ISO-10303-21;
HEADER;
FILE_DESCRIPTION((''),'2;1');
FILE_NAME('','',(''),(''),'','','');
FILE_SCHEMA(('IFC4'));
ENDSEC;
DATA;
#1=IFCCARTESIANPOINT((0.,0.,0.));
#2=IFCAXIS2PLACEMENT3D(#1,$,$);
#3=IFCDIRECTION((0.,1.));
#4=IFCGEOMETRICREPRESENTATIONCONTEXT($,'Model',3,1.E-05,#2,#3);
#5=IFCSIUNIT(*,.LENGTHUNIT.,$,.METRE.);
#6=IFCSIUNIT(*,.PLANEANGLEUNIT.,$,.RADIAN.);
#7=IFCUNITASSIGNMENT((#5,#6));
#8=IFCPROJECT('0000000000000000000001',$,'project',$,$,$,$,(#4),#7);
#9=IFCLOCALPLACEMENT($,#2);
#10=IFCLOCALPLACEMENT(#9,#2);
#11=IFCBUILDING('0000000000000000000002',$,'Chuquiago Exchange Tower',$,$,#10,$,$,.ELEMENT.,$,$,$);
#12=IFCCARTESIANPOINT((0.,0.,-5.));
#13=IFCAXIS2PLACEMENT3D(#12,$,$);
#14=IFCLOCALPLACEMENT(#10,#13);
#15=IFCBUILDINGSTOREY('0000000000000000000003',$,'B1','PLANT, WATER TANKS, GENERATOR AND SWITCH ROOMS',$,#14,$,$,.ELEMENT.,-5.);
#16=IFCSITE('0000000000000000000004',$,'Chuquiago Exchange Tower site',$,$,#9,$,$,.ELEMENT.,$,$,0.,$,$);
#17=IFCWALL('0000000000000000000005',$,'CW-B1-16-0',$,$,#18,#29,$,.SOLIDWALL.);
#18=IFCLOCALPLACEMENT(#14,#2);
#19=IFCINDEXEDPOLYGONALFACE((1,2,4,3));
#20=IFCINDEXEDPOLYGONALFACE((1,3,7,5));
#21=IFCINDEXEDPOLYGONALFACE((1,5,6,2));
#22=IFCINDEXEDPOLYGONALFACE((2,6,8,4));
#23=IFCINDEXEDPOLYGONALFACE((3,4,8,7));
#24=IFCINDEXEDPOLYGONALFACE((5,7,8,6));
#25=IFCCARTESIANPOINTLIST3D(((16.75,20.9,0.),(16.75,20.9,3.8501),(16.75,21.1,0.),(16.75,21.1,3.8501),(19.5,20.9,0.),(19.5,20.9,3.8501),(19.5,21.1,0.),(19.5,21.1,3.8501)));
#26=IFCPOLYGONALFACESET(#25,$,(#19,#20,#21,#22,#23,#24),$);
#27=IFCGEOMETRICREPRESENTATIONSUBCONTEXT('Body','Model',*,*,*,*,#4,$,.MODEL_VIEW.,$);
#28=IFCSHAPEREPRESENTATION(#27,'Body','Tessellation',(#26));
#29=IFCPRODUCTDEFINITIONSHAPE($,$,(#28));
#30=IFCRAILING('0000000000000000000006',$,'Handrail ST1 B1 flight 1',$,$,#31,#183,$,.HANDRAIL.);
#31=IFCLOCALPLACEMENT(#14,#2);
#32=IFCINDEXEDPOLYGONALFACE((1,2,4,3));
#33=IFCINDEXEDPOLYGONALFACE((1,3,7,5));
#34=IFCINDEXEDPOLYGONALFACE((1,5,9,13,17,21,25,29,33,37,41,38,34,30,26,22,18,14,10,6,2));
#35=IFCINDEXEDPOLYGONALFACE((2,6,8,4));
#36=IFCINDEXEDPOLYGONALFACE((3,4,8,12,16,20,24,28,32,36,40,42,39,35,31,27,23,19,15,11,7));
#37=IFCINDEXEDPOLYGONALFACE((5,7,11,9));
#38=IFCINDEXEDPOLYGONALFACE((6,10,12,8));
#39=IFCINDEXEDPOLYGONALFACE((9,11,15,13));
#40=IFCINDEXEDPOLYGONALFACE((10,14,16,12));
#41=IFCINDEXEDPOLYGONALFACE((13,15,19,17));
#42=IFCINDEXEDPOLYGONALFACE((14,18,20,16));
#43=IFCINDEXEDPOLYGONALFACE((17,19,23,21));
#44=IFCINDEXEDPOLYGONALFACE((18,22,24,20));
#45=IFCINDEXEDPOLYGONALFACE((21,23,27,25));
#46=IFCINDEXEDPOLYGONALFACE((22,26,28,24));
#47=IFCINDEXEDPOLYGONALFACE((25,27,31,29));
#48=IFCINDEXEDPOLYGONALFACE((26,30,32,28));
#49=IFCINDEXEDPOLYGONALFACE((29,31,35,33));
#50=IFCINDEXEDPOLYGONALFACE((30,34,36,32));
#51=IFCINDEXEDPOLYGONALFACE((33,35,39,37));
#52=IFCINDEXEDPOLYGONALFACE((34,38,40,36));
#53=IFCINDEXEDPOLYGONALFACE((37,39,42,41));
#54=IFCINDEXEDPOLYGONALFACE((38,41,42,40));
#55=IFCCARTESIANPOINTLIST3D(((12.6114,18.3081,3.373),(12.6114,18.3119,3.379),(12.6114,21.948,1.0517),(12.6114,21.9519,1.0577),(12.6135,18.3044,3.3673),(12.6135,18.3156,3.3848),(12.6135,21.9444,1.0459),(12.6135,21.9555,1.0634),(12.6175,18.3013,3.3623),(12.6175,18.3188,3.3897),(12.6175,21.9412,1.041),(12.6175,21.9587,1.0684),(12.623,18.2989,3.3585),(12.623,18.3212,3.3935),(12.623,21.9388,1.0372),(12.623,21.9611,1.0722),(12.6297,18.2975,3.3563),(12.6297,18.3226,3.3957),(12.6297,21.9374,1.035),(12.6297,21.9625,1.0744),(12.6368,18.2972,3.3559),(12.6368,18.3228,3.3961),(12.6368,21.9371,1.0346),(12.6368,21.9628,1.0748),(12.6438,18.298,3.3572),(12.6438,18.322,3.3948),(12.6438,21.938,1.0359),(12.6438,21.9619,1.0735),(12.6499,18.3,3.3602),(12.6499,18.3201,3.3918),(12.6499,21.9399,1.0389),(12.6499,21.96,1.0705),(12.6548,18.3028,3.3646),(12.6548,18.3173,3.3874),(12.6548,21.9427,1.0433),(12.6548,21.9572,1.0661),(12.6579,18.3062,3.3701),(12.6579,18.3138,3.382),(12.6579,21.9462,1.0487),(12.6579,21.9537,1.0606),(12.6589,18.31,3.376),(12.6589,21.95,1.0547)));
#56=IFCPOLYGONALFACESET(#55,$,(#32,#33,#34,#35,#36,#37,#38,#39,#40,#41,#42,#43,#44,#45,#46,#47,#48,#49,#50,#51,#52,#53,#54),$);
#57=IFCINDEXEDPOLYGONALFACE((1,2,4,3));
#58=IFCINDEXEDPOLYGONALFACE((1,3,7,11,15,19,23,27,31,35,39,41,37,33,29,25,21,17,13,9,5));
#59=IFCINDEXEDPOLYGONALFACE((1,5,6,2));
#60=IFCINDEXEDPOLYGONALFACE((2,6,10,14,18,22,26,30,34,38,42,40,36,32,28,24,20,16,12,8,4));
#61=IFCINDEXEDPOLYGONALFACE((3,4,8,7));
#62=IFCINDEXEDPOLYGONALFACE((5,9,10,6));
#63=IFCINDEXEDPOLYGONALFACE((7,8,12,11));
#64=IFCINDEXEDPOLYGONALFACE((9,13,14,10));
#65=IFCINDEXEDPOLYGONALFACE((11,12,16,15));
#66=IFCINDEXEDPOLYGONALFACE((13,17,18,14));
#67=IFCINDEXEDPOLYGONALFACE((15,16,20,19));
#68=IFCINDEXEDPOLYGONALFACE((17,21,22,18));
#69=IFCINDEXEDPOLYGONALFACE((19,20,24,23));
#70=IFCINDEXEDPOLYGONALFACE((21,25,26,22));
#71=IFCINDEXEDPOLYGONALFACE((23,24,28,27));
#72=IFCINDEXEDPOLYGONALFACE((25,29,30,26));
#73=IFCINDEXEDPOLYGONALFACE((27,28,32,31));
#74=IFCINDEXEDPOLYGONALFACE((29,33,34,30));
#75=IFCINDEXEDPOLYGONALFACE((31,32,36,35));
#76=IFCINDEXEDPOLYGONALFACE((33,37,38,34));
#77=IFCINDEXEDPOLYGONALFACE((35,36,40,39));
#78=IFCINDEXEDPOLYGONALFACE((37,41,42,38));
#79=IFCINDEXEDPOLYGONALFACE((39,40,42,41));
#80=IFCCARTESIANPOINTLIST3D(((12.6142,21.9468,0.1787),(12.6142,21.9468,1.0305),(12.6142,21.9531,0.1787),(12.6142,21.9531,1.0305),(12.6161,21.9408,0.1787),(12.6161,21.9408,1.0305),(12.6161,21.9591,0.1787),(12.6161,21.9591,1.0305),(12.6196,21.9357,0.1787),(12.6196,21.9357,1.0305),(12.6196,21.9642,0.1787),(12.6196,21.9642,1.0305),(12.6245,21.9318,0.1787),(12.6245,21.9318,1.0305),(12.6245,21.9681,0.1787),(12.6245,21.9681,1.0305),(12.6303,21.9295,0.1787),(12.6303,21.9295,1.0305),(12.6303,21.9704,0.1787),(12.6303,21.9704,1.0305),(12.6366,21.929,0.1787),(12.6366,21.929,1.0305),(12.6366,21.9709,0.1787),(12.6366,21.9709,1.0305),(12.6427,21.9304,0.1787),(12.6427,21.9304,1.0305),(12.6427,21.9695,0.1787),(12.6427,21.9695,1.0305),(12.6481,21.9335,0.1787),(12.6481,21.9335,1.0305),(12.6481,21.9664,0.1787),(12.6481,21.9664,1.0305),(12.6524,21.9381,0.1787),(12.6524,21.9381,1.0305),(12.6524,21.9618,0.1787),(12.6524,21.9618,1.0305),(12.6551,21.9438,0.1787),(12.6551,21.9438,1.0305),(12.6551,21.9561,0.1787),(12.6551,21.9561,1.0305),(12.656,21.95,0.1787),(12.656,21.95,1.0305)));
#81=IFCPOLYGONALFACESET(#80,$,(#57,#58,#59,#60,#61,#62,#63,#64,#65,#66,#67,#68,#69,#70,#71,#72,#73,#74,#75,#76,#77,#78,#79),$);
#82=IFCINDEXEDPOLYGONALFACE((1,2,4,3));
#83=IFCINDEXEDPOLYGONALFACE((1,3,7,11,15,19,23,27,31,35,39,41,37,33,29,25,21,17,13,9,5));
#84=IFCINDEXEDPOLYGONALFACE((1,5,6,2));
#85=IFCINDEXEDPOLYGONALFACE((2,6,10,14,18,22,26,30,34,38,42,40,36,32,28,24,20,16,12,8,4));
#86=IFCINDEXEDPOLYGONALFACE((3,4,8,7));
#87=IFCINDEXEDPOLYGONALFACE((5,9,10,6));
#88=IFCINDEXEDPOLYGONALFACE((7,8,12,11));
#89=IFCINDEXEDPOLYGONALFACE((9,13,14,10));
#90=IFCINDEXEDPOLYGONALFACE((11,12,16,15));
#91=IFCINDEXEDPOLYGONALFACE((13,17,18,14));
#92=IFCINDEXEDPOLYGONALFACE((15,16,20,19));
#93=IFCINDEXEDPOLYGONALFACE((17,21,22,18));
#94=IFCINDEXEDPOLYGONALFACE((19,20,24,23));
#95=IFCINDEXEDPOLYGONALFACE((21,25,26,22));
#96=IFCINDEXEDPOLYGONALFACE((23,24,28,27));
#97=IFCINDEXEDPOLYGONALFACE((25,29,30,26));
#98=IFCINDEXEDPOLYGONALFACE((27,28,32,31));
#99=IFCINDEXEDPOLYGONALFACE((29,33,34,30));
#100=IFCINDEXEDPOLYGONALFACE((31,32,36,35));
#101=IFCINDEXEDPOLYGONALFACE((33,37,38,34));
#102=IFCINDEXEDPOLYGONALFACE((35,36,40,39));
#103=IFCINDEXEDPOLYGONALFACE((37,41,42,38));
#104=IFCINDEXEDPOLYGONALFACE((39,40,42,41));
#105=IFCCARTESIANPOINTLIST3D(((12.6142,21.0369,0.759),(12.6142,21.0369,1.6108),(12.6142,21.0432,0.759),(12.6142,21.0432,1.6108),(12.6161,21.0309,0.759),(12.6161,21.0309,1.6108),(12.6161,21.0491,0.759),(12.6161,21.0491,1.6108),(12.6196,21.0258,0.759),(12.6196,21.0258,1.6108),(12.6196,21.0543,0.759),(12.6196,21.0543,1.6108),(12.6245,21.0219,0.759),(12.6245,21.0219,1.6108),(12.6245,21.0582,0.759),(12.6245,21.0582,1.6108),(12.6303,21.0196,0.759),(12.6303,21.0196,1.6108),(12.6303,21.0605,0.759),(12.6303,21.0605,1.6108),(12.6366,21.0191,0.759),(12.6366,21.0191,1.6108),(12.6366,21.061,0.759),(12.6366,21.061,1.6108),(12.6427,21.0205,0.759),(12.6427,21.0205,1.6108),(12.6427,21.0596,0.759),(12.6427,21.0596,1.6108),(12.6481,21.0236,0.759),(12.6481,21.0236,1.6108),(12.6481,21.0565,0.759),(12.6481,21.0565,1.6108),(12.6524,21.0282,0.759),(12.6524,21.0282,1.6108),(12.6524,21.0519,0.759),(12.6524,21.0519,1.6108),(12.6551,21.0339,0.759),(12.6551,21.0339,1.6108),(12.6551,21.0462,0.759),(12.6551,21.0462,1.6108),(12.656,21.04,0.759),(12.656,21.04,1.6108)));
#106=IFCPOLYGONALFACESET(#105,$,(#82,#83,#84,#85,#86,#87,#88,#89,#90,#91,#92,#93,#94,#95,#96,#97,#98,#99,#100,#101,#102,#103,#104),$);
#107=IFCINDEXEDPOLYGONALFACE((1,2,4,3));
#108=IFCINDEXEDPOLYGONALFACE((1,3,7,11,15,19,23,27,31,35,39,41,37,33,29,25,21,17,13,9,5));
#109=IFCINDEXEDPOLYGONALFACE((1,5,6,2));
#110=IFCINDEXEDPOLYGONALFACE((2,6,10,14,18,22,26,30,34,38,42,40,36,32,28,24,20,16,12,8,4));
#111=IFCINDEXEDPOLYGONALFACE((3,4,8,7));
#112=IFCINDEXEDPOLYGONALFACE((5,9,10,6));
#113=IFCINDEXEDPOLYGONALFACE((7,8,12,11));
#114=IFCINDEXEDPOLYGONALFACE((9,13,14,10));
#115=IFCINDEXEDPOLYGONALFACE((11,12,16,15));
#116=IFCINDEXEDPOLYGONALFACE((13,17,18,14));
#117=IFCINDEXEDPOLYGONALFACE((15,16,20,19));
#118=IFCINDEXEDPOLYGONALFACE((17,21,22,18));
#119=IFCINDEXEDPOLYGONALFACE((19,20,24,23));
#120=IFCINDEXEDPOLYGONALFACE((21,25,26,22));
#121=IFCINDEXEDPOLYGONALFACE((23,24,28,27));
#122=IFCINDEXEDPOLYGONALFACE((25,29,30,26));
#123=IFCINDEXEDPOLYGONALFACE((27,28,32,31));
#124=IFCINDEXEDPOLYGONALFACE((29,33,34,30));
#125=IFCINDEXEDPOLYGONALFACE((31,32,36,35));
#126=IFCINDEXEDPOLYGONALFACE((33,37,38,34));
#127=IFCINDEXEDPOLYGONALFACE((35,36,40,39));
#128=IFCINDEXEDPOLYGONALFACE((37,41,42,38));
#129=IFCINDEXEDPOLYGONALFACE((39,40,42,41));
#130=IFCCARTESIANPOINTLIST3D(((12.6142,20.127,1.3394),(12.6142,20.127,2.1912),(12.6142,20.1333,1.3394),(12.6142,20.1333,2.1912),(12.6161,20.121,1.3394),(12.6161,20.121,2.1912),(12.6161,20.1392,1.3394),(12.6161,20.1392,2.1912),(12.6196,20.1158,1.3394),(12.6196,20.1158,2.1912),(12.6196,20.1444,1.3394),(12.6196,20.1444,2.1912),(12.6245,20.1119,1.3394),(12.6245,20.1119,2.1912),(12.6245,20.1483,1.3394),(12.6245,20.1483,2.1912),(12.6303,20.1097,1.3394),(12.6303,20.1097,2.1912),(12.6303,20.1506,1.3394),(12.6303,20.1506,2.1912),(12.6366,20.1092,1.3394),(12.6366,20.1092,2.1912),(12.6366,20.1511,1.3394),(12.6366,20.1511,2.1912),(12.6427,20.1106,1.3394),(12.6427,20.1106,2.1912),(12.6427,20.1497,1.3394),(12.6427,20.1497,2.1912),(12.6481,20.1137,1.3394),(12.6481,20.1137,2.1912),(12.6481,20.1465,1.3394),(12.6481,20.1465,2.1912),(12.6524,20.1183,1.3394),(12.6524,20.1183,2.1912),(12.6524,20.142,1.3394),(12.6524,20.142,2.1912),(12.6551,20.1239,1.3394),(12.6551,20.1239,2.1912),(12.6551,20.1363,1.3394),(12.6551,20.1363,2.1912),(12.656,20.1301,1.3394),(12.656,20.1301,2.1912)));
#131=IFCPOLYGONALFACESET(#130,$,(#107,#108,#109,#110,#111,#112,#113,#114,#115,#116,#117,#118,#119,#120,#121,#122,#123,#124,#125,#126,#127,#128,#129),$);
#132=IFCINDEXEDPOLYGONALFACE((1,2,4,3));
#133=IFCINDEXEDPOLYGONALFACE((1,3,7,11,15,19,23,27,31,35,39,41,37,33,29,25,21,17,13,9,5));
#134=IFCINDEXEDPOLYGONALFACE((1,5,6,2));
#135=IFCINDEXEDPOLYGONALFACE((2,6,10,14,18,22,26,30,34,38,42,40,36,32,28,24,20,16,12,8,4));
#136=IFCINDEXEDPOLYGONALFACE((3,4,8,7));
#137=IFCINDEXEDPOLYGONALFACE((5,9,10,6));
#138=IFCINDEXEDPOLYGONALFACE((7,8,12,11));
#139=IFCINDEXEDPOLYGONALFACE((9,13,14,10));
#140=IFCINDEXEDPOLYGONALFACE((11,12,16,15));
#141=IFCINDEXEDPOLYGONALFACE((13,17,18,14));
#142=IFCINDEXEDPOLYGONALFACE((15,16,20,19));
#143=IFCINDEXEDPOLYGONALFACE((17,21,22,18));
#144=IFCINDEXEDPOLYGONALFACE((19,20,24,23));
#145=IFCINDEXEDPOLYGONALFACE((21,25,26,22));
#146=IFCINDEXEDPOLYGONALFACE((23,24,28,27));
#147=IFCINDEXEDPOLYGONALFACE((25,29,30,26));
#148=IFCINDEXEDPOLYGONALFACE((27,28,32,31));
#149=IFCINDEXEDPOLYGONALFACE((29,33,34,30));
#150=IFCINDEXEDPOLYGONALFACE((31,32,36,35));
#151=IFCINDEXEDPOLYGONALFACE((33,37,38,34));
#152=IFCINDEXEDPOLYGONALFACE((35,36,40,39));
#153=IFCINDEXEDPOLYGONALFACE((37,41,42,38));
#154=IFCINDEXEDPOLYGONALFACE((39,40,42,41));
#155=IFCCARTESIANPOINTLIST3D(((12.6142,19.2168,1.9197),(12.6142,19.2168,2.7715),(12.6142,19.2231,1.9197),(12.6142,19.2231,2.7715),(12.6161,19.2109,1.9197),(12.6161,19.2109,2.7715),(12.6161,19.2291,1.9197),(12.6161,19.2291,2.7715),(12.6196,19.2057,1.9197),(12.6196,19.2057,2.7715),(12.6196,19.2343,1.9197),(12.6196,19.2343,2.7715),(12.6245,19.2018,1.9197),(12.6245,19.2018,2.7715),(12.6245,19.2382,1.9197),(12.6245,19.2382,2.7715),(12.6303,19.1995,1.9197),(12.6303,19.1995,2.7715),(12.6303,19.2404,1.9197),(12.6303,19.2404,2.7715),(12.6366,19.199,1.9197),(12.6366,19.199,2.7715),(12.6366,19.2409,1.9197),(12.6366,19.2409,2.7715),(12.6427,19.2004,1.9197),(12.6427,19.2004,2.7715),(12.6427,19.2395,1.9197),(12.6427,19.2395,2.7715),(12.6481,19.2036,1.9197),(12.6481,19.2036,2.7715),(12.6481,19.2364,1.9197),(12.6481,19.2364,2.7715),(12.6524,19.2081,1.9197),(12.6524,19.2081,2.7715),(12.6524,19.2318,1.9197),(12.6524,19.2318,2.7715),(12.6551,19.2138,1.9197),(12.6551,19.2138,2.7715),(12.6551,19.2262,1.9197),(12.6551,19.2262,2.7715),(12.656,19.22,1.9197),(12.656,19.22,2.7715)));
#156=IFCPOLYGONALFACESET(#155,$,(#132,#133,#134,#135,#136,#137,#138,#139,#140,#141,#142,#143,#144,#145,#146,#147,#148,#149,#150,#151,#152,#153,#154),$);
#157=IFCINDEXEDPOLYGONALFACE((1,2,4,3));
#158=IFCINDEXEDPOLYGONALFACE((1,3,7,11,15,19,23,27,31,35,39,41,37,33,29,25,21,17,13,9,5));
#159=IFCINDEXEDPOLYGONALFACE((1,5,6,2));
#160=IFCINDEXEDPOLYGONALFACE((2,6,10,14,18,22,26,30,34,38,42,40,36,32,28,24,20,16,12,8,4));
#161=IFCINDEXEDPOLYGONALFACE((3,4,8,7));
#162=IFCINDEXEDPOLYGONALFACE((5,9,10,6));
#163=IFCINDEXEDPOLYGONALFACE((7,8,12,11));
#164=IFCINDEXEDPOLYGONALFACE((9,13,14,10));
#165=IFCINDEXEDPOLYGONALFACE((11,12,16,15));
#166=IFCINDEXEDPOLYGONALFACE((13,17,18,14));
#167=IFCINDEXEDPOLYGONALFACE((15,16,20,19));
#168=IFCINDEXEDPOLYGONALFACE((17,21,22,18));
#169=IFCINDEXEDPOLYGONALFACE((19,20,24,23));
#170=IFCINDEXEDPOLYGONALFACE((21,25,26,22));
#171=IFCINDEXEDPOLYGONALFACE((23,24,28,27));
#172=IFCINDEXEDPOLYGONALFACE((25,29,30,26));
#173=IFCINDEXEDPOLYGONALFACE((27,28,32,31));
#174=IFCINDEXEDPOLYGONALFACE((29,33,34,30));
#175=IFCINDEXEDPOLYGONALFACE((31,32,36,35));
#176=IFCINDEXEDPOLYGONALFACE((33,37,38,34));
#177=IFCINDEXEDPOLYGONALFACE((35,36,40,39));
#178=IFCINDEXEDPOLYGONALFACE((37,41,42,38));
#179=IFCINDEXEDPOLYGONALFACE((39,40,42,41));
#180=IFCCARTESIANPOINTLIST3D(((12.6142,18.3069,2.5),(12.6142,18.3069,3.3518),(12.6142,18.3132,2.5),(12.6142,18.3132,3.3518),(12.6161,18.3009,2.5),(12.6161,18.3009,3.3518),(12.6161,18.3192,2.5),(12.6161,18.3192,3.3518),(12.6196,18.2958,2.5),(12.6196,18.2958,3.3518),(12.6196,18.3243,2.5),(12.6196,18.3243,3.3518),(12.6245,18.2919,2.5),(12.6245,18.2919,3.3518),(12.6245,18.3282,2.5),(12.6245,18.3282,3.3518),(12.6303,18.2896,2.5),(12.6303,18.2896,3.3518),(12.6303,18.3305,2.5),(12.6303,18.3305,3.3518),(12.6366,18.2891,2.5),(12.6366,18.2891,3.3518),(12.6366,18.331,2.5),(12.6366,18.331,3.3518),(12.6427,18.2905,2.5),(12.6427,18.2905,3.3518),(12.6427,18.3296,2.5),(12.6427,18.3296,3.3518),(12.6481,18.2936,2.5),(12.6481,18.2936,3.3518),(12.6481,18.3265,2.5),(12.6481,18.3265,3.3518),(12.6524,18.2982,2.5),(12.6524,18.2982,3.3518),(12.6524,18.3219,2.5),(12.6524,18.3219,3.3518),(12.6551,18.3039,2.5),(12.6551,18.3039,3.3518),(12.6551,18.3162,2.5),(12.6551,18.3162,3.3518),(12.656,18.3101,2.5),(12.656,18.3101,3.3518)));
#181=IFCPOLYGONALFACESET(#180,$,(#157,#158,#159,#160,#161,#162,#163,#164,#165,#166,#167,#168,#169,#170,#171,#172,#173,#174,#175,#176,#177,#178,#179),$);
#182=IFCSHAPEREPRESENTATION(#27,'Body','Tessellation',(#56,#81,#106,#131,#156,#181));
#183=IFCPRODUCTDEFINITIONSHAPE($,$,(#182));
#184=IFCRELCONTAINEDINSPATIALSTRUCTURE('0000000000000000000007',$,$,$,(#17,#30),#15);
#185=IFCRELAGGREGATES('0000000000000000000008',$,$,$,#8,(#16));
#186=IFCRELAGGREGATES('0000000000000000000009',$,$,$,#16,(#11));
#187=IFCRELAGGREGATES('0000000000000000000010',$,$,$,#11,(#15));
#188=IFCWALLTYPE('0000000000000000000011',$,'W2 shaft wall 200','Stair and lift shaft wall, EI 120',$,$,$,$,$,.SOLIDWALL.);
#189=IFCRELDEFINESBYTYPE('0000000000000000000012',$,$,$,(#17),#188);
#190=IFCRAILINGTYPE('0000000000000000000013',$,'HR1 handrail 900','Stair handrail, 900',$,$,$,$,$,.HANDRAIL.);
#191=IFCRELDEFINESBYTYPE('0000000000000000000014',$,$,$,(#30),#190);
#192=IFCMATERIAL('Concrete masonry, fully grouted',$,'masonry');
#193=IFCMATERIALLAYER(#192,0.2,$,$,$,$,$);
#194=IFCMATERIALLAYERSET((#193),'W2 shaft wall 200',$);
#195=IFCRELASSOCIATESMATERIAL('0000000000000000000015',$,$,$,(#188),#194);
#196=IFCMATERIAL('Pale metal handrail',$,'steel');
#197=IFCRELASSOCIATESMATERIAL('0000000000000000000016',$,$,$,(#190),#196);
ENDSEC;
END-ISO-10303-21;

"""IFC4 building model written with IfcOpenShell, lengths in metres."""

from ifc_helpers import new_model, si_unit, direction, frame, frame_2d, origin, origin_2d, place, context, subcontext, project, spatial, rectangle, circle, extrude, material, layer, layer_set, type_object, element, save


model = new_model("IFC4")

# Units and contexts
model_context = context("Model", 3, precision=1e-05, world=origin(), true_north=direction((0.0, 1.0)))
body_context = subcontext(model_context, "Body", "Model", "MODEL_VIEW")
ifc_project = project(units=[si_unit("LENGTHUNIT", "METRE"), si_unit("PLANEANGLEUNIT", "RADIAN")], contexts=[model_context])

# Site, building, storey
site_placement = place(None, origin())
site = spatial("IfcSite", under=ifc_project, at=site_placement, Name="Chuquiago Exchange Tower site", CompositionType="ELEMENT", RefElevation=0.0)
building_placement = place(site_placement, origin())
building = spatial("IfcBuilding", under=site, at=building_placement, Name="Chuquiago Exchange Tower", CompositionType="ELEMENT")
storey_placement = place(building_placement, frame((0.0, 0.0, -5.0)))
storey = spatial("IfcBuildingStorey", under=building, at=storey_placement, Name="B1", Description="PLANT, WATER TANKS, GENERATOR AND SWITCH ROOMS", CompositionType="ELEMENT", Elevation=-5.0)

# Wall
ifc_material_1 = material(Name="Concrete masonry, fully grouted", Category="masonry")
ifc_layer = layer(ifc_material_1, 0.2)
ifc_layer_set = layer_set([ifc_layer], Name="W2 shaft wall 200")
wall_type = type_object("IfcWallType", Name="W2 shaft wall 200", Description="Stair and lift shaft wall, EI 120", PredefinedType="SOLIDWALL", material=ifc_layer_set)
wall_1_placement = place(storey_placement, frame((16.75, 21.0, 0.0), z_axis=(0.0, 0.0, 1.0), x_axis=(1.0, 0.0, 0.0)))
element("IfcWall", 1, at=wall_1_placement, inside=storey, type_object=wall_type, Name="CW-B1-16-0", PredefinedType="SOLIDWALL", context=body_context, shape_type="SweptSolid", body=[
    extrude(rectangle(XDim=2.75, YDim=0.2, at=frame_2d((1.375, 0.0))), origin(), (0.0, 0.0, 1.0), 3.8501),
])

# Railing
ifc_material_2 = material(Name="Pale metal handrail", Category="steel")
railing_type = type_object("IfcRailingType", Name="HR1 handrail 900", Description="Stair handrail, 900", PredefinedType="HANDRAIL", material=ifc_material_2)
for number, where, name in (
    (2, (12.635, 21.95, 0.1787), "Handrail ST1 B1 flight 1"),
):
    element("IfcRailing", number, at=place(storey_placement, frame(where)), inside=storey, type_object=railing_type, Name=name, PredefinedType="HANDRAIL", context=body_context, shape_type="SweptSolid", body=[
        extrude(circle(Radius=0.0239, at=origin_2d()), frame((0.0, 0.0, 0.876), z_axis=(0.0, -0.843137, 0.537699), x_axis=(1.0, 0.0, 0.0)), (0.0, 0.0, 1.0), 4.3171),
        extrude(circle(Radius=0.021, at=origin_2d()), origin(), (0.0, 0.0, 1.0), 0.8518),
        extrude(circle(Radius=0.021, at=origin_2d()), frame((0.0, -0.9099, 0.5803)), (0.0, 0.0, 1.0), 0.8518),
        extrude(circle(Radius=0.021, at=origin_2d()), frame((0.0, -1.8198, 1.1606)), (0.0, 0.0, 1.0), 0.8518),
        extrude(circle(Radius=0.021, at=origin_2d()), frame((0.0, -2.73, 1.741)), (0.0, 0.0, 1.0), 0.8518),
        extrude(circle(Radius=0.021, at=origin_2d()), frame((0.0, -3.6399, 2.3213)), (0.0, 0.0, 1.0), 0.8518),
    ])

save(model, "model.ifc")
